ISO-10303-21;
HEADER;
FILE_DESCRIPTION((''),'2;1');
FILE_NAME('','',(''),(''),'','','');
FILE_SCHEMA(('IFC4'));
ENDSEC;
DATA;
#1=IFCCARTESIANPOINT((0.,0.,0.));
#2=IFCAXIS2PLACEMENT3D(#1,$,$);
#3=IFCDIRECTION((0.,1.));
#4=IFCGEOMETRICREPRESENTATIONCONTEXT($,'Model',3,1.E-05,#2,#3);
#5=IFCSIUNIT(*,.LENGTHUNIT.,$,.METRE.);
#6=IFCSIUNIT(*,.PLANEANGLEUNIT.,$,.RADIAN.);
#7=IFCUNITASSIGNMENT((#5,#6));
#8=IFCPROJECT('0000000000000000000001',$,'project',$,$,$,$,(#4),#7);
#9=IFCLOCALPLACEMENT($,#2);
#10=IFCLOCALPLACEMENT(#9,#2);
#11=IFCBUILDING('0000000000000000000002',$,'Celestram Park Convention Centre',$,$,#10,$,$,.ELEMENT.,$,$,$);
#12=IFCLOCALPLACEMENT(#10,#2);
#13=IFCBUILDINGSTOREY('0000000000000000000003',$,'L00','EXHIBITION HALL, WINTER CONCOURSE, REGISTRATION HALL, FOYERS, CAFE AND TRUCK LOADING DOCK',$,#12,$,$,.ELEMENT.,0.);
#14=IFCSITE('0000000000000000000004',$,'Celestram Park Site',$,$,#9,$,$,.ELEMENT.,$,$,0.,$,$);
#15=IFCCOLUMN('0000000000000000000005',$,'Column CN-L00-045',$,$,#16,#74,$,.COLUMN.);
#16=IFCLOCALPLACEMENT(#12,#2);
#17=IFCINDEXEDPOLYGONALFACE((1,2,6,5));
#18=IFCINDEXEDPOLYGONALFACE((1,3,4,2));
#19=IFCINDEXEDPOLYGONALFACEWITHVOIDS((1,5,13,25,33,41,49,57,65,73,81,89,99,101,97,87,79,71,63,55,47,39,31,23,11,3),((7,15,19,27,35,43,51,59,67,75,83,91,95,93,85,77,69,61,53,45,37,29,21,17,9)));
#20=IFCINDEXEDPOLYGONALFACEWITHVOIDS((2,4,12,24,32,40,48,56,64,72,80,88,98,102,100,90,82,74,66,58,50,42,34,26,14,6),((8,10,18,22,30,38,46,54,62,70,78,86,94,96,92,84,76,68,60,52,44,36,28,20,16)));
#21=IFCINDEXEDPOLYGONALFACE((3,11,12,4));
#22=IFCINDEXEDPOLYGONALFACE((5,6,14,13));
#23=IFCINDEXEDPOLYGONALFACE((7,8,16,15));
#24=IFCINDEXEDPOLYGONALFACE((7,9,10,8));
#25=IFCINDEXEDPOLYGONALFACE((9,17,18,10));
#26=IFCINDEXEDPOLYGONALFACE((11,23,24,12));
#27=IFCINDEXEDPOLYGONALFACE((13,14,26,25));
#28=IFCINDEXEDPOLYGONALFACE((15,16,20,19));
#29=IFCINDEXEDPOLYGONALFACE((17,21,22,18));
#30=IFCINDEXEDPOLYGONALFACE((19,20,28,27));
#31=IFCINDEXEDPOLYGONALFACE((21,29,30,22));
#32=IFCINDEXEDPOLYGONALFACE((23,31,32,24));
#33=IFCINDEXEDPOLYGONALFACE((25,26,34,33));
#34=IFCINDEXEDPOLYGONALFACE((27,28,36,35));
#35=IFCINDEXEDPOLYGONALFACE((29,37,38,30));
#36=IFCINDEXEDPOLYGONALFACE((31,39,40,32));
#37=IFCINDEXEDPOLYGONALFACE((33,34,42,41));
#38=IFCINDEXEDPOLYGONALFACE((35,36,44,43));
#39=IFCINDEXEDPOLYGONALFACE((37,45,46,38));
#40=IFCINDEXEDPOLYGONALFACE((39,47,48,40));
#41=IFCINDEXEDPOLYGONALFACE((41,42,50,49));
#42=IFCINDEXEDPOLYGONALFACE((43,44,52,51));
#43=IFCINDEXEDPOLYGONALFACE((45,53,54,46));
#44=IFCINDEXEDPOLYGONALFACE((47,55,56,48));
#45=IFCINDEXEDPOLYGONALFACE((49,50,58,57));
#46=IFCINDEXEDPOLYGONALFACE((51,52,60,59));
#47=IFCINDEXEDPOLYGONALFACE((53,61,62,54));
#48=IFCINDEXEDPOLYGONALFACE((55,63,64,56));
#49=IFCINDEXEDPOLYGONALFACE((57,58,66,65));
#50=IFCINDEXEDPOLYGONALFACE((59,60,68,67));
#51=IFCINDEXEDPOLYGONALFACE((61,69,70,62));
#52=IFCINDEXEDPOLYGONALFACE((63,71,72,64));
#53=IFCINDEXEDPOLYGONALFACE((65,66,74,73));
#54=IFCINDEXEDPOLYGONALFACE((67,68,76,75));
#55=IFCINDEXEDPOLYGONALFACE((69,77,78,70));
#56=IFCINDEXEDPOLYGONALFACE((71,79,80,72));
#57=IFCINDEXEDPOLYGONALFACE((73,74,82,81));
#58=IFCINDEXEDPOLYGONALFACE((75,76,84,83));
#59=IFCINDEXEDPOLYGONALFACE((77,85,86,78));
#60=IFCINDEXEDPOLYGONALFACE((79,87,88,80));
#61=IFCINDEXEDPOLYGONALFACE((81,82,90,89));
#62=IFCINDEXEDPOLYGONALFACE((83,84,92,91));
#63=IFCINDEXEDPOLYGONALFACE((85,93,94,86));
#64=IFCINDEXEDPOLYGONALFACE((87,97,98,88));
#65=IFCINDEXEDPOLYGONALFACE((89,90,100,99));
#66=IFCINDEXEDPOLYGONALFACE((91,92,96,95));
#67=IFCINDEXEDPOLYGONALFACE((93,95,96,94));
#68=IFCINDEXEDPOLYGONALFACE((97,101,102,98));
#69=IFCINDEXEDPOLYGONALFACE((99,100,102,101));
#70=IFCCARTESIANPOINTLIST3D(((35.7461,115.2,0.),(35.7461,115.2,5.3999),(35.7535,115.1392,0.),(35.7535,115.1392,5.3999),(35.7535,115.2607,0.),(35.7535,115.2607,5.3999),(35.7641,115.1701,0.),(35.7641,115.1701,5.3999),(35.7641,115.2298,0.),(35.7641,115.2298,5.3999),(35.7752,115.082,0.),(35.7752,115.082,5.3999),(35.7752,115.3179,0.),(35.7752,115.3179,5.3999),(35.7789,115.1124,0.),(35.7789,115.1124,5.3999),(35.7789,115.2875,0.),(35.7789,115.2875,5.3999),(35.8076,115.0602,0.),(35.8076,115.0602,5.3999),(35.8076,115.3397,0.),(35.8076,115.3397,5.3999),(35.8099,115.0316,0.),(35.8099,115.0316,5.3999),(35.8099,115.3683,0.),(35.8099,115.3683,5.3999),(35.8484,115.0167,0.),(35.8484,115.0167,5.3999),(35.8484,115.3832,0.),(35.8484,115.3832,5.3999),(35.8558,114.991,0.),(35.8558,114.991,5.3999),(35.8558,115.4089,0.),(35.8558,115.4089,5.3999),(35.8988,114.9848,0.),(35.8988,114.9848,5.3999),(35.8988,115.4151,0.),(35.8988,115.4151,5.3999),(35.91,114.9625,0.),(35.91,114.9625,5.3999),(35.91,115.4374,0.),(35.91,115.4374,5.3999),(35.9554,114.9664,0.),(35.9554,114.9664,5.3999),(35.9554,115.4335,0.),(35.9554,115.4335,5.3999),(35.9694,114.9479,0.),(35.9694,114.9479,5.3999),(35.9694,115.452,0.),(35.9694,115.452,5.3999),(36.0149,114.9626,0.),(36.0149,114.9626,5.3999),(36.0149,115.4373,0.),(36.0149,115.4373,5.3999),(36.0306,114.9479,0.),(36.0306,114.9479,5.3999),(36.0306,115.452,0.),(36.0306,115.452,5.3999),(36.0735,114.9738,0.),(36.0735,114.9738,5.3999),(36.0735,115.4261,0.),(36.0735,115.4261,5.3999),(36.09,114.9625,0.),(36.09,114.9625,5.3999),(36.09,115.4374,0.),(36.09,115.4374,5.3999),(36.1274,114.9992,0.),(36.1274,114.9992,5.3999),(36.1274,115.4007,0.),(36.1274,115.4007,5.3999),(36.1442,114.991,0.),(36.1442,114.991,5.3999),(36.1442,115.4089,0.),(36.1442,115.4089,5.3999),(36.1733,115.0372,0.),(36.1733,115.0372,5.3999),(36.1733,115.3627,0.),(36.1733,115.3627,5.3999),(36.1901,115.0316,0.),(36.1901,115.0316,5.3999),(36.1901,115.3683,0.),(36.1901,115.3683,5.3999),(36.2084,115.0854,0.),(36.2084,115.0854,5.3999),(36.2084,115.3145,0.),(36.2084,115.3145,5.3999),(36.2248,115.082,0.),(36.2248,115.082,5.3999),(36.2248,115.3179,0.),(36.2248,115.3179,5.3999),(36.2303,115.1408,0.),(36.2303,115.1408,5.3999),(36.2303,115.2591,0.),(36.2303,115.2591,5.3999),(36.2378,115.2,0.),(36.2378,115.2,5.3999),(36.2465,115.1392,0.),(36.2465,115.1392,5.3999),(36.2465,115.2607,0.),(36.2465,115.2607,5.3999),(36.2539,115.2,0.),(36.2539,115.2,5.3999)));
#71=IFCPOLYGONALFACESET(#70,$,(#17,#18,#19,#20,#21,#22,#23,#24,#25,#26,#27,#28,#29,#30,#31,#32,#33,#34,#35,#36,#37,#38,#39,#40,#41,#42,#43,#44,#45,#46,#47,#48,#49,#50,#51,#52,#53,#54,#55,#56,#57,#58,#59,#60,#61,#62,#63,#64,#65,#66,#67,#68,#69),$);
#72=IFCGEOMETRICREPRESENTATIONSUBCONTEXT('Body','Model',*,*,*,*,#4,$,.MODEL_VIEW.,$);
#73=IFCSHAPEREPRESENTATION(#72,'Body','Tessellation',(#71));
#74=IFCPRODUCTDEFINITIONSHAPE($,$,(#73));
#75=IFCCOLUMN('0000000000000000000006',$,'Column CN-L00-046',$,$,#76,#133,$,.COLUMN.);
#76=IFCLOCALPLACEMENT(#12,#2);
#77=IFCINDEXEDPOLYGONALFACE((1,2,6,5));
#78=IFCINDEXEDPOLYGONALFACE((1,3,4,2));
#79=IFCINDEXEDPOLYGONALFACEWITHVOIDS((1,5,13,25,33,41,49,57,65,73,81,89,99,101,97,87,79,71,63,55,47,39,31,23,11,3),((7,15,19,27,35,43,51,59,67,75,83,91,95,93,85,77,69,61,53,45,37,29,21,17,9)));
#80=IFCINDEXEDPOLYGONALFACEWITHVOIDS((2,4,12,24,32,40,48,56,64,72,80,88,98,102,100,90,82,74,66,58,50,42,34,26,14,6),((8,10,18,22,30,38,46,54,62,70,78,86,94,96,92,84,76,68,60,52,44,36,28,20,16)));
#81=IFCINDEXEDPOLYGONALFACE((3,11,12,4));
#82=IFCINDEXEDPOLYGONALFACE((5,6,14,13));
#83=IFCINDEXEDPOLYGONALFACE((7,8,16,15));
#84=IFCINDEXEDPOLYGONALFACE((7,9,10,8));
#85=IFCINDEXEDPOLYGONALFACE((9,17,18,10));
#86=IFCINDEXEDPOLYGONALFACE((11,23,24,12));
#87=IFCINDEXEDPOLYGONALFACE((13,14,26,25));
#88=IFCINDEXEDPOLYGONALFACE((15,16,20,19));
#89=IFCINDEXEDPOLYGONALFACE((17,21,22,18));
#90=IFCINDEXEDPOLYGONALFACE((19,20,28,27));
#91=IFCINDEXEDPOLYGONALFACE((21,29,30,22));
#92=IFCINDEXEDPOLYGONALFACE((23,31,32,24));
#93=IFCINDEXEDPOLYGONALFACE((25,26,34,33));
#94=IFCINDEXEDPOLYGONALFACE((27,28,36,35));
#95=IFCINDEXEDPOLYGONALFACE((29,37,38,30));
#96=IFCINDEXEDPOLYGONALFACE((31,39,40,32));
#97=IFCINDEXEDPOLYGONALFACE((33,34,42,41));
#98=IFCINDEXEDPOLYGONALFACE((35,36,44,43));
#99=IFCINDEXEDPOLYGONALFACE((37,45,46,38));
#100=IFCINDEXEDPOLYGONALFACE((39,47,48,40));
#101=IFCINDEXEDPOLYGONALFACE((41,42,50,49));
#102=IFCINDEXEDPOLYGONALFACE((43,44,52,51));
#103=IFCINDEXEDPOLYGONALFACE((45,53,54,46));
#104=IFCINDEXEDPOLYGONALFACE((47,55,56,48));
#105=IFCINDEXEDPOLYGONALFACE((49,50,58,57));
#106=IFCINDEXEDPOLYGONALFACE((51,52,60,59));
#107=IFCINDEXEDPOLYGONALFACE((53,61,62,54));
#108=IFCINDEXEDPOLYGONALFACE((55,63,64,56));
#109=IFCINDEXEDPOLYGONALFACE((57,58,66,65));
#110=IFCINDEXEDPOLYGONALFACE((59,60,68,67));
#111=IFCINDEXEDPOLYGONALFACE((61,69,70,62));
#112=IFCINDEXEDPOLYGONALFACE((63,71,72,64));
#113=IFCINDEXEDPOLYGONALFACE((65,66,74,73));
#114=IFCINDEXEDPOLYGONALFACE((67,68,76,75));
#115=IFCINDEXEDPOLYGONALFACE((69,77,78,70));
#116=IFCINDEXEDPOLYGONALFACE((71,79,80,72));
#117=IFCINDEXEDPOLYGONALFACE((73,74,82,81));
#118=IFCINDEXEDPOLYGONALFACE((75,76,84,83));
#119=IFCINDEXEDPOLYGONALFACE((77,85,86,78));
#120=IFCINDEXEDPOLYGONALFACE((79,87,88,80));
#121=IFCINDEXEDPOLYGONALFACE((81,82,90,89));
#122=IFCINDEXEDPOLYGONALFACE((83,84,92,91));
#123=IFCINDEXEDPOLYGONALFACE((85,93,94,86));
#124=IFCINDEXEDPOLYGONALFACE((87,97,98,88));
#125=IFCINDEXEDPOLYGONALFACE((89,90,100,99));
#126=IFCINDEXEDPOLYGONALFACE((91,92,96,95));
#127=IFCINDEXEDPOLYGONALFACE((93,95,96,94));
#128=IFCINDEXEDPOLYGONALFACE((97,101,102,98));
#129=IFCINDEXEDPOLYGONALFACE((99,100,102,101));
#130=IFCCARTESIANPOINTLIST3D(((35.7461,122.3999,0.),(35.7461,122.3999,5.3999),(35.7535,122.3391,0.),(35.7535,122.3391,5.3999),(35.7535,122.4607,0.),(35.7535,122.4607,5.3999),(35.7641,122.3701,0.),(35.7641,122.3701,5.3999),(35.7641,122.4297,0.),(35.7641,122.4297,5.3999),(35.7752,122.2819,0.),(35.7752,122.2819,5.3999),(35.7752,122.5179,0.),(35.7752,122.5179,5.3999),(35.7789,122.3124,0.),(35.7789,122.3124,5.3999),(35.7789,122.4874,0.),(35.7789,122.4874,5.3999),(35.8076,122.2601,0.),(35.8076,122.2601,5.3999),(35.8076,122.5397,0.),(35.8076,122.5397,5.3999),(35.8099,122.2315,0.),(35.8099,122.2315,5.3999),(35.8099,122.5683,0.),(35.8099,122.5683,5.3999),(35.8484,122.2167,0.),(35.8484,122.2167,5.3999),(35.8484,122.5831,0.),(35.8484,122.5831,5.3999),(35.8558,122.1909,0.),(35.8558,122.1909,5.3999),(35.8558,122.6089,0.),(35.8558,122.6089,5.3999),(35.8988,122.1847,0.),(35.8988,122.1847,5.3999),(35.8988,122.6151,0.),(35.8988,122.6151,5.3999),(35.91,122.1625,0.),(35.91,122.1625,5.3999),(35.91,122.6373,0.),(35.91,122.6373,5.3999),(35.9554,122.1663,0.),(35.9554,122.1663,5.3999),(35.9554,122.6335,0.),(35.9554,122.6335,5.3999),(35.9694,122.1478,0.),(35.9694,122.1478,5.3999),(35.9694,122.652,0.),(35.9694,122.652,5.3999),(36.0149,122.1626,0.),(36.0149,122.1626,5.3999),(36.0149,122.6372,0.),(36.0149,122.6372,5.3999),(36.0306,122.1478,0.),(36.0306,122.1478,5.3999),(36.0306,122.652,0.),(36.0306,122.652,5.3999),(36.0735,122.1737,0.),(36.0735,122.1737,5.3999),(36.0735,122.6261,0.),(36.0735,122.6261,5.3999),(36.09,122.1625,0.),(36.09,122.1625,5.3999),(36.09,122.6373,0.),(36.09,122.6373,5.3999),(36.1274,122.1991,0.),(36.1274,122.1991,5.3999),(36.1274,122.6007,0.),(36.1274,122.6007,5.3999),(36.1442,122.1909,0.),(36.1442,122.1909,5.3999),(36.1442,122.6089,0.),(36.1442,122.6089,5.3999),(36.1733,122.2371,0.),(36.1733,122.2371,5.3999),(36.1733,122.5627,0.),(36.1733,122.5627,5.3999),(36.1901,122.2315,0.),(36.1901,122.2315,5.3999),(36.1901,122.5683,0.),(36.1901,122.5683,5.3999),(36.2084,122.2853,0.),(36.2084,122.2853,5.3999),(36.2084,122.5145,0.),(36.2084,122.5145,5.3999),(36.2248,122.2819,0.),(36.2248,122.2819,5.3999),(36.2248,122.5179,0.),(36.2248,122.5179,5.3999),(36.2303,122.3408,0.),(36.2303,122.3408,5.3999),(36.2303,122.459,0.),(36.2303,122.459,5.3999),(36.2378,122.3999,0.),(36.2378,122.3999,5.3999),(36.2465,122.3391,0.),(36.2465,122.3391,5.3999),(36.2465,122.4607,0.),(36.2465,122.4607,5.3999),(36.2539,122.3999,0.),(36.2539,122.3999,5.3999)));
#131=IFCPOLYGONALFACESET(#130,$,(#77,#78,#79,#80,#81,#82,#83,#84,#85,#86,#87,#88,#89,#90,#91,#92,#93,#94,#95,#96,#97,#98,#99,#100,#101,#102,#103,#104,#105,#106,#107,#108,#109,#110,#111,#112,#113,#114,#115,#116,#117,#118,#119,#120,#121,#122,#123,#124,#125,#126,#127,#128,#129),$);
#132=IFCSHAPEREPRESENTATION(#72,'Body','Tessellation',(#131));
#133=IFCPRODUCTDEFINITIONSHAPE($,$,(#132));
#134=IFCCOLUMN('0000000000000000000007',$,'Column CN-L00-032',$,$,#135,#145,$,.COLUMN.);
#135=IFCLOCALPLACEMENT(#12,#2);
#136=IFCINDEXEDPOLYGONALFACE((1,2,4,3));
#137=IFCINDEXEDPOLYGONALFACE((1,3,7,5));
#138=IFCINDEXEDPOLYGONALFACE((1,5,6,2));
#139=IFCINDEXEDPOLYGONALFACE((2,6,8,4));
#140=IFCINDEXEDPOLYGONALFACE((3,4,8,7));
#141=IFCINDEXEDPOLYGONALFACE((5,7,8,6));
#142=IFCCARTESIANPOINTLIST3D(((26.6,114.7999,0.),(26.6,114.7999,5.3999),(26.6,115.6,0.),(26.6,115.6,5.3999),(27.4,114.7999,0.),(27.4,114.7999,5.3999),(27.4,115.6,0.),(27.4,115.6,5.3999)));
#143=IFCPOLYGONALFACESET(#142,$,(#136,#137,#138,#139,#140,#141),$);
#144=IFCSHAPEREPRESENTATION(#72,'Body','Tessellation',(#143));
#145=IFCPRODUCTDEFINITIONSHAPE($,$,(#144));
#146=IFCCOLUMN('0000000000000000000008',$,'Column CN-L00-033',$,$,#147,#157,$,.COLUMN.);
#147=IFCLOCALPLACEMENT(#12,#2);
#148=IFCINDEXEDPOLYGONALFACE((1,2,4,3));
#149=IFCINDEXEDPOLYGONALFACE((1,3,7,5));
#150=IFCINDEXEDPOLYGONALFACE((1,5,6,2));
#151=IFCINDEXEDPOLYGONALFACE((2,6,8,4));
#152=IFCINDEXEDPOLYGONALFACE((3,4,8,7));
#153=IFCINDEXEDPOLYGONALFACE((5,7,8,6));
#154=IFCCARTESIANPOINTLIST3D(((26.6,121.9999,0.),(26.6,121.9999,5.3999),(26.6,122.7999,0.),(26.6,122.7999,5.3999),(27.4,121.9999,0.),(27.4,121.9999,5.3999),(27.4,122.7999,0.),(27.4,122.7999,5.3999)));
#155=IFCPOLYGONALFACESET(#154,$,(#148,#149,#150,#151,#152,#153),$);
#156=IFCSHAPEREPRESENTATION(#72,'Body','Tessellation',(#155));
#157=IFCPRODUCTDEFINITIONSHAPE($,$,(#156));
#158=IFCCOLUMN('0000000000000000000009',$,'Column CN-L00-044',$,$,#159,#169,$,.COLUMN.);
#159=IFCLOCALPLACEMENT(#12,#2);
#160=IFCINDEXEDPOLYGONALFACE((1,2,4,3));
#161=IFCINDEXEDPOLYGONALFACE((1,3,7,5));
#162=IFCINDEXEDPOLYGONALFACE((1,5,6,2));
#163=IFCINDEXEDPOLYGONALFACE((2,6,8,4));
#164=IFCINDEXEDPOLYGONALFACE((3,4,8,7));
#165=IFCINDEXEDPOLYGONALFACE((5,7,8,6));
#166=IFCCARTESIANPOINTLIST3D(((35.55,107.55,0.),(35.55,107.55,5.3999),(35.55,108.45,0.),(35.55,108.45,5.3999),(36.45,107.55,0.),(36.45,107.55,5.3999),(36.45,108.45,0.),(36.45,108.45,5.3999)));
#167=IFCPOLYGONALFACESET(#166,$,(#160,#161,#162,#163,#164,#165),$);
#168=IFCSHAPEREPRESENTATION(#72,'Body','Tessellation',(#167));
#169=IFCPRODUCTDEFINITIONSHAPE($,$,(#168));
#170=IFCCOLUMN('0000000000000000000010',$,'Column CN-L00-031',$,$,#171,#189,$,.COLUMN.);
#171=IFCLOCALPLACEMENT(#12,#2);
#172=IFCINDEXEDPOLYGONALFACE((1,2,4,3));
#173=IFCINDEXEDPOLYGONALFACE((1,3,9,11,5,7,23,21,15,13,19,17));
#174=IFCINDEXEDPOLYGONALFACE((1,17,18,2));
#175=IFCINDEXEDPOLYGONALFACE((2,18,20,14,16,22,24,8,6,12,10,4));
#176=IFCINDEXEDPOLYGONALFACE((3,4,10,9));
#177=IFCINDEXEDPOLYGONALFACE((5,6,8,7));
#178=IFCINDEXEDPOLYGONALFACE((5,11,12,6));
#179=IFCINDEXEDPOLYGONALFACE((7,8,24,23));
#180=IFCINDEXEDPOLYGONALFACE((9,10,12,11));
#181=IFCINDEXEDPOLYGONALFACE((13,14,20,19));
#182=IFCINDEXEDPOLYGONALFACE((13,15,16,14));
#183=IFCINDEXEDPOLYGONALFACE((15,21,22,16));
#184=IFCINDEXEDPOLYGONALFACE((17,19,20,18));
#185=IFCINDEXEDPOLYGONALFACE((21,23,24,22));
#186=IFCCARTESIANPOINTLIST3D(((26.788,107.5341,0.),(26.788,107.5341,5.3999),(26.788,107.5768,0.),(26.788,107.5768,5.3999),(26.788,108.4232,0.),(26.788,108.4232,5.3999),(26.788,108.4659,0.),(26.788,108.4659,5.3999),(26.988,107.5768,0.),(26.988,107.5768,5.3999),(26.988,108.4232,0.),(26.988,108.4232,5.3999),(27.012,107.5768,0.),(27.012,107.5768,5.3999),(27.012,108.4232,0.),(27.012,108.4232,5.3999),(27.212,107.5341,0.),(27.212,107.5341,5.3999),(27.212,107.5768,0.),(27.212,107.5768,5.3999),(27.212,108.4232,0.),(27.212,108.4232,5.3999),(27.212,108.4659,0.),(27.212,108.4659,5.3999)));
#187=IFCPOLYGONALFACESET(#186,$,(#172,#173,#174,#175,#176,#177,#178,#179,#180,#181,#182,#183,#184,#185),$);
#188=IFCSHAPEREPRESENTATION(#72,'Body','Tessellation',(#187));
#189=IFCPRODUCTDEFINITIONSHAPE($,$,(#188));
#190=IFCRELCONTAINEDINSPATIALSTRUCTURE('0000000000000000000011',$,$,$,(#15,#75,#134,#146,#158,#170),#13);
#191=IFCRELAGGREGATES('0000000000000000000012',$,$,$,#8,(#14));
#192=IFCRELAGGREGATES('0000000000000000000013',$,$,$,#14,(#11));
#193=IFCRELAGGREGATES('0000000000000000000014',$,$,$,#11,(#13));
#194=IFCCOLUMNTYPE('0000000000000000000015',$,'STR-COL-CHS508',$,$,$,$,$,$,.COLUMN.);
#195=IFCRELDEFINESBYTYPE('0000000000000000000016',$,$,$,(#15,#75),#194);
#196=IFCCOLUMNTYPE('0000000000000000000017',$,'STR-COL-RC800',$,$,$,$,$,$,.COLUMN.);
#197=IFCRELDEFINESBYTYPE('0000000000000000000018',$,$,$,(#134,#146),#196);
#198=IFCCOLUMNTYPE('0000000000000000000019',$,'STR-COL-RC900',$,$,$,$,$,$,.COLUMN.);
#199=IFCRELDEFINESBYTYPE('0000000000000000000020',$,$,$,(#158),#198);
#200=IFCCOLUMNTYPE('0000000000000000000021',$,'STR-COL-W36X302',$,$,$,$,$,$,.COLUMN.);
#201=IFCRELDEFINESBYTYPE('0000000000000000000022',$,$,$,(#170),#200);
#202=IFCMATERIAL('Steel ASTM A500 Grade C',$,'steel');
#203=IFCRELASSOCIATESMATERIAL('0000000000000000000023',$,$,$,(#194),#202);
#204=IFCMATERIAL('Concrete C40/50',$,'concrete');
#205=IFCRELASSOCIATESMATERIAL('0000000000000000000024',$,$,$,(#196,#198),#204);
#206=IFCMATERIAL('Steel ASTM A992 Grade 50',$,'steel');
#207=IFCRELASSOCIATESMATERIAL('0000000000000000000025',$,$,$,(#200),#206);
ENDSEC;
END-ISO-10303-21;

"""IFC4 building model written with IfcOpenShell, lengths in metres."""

from ifc_helpers import new_model, si_unit, direction, frame, origin, origin_2d, place, context, subcontext, project, spatial, rectangle, hollow_circle, i_section, extrude, material, material_profile, profile_set, type_object, element, save


model = new_model("IFC4")

# Units and contexts
model_context = context("Model", 3, precision=1e-05, world=origin(), true_north=direction((0.0, 1.0)))
body_context = subcontext(model_context, "Body", "Model", "MODEL_VIEW")
ifc_project = project(units=[si_unit("LENGTHUNIT", "METRE"), si_unit("PLANEANGLEUNIT", "RADIAN")], contexts=[model_context])

# Site, building, storey
site_placement = place(None, origin())
site = spatial("IfcSite", under=ifc_project, at=site_placement, Name="Celestram Park Site", CompositionType="ELEMENT", RefElevation=0.0)
building_placement = place(site_placement, origin())
building = spatial("IfcBuilding", under=site, at=building_placement, Name="Celestram Park Convention Centre", CompositionType="ELEMENT")
storey_placement = place(building_placement, origin())
storey = spatial("IfcBuildingStorey", under=building, at=storey_placement, Name="L00", Description="EXHIBITION HALL, WINTER CONCOURSE, REGISTRATION HALL, FOYERS, CAFE AND TRUCK LOADING DOCK", CompositionType="ELEMENT", Elevation=0.0)

# Columns
ifc_material_1 = material(Name="Steel ASTM A500 Grade C", Category="steel")
ifc_material_profile_1 = material_profile(ifc_material_1, hollow_circle(Radius=0.2539, WallThickness=0.0161, at=origin_2d()), Name="CHS508X16")
ifc_profile_set_1 = profile_set([ifc_material_profile_1], Name="Steel ASTM A500 Grade C")
column_type_1 = type_object("IfcColumnType", Name="STR-COL-CHS508", PredefinedType="COLUMN", material=ifc_profile_set_1)
for number, where, z_axis, x_axis, name in (
    (1, (36.0, 115.2, 0.0), (0.0, 0.0, 1.0), (1.0, 0.0, 0.0), "Column CN-L00-045"),
    (2, (36.0, 122.3999, 0.0), (0.0, 0.0, 1.0), (1.0, 0.0, 0.0), "Column CN-L00-046"),
):
    element("IfcColumn", number, at=place(storey_placement, frame(where, z_axis=z_axis, x_axis=x_axis)), inside=storey, type_object=column_type_1, Name=name, PredefinedType="COLUMN", context=body_context, shape_type="SweptSolid", body=[
        extrude(hollow_circle(Radius=0.2539, WallThickness=0.0161, at=origin_2d()), origin(), (0.0, 0.0, 1.0), 5.3999),
    ])
ifc_material_2 = material(Name="Concrete C40/50", Category="concrete")
ifc_material_profile_2 = material_profile(ifc_material_2, rectangle(XDim=0.8, YDim=0.8, at=origin_2d()), Name="RC800X800")
ifc_profile_set_2 = profile_set([ifc_material_profile_2], Name="Concrete C40/50")
column_type_2 = type_object("IfcColumnType", Name="STR-COL-RC800", PredefinedType="COLUMN", material=ifc_profile_set_2)
for number, where, z_axis, x_axis, name in (
    (3, (27.0, 115.2, 0.0), (0.0, 0.0, 1.0), (1.0, 0.0, 0.0), "Column CN-L00-032"),
    (4, (27.0, 122.3999, 0.0), (0.0, 0.0, 1.0), (1.0, 0.0, 0.0), "Column CN-L00-033"),
):
    element("IfcColumn", number, at=place(storey_placement, frame(where, z_axis=z_axis, x_axis=x_axis)), inside=storey, type_object=column_type_2, Name=name, PredefinedType="COLUMN", context=body_context, shape_type="SweptSolid", body=[
        extrude(rectangle(XDim=0.8, YDim=0.8, at=origin_2d()), origin(), (0.0, 0.0, 1.0), 5.3999),
    ])
ifc_material_profile_3 = material_profile(ifc_material_2, rectangle(XDim=0.8999, YDim=0.8999, at=origin_2d()), Name="RC900X900")
ifc_profile_set_3 = profile_set([ifc_material_profile_3], Name="Concrete C40/50")
column_type_3 = type_object("IfcColumnType", Name="STR-COL-RC900", PredefinedType="COLUMN", material=ifc_profile_set_3)
column_1_placement = place(storey_placement, frame((36.0, 108.0, 0.0), z_axis=(0.0, 0.0, 1.0), x_axis=(1.0, 0.0, 0.0)))
element("IfcColumn", 5, at=column_1_placement, inside=storey, type_object=column_type_3, Name="Column CN-L00-044", PredefinedType="COLUMN", context=body_context, shape_type="SweptSolid", body=[
    extrude(rectangle(XDim=0.8999, YDim=0.8999, at=origin_2d()), origin(), (0.0, 0.0, 1.0), 5.3999),
])
ifc_material_3 = material(Name="Steel ASTM A992 Grade 50", Category="steel")
ifc_material_profile_4 = material_profile(ifc_material_3, i_section(OverallWidth=0.4241, OverallDepth=0.9319, WebThickness=0.0239, FlangeThickness=0.0427, at=origin_2d()), Name="W36X302")
ifc_profile_set_4 = profile_set([ifc_material_profile_4], Name="Steel ASTM A992 Grade 50")
column_type_4 = type_object("IfcColumnType", Name="STR-COL-W36X302", PredefinedType="COLUMN", material=ifc_profile_set_4)
column_2_placement = place(storey_placement, frame((27.0, 108.0, 0.0), z_axis=(0.0, 0.0, 1.0), x_axis=(1.0, 0.0, 0.0)))
element("IfcColumn", 6, at=column_2_placement, inside=storey, type_object=column_type_4, Name="Column CN-L00-031", PredefinedType="COLUMN", context=body_context, shape_type="SweptSolid", body=[
    extrude(i_section(OverallWidth=0.4241, OverallDepth=0.9319, WebThickness=0.0239, FlangeThickness=0.0427, at=origin_2d()), origin(), (0.0, 0.0, 1.0), 5.3999),
])

save(model, "model.ifc")
